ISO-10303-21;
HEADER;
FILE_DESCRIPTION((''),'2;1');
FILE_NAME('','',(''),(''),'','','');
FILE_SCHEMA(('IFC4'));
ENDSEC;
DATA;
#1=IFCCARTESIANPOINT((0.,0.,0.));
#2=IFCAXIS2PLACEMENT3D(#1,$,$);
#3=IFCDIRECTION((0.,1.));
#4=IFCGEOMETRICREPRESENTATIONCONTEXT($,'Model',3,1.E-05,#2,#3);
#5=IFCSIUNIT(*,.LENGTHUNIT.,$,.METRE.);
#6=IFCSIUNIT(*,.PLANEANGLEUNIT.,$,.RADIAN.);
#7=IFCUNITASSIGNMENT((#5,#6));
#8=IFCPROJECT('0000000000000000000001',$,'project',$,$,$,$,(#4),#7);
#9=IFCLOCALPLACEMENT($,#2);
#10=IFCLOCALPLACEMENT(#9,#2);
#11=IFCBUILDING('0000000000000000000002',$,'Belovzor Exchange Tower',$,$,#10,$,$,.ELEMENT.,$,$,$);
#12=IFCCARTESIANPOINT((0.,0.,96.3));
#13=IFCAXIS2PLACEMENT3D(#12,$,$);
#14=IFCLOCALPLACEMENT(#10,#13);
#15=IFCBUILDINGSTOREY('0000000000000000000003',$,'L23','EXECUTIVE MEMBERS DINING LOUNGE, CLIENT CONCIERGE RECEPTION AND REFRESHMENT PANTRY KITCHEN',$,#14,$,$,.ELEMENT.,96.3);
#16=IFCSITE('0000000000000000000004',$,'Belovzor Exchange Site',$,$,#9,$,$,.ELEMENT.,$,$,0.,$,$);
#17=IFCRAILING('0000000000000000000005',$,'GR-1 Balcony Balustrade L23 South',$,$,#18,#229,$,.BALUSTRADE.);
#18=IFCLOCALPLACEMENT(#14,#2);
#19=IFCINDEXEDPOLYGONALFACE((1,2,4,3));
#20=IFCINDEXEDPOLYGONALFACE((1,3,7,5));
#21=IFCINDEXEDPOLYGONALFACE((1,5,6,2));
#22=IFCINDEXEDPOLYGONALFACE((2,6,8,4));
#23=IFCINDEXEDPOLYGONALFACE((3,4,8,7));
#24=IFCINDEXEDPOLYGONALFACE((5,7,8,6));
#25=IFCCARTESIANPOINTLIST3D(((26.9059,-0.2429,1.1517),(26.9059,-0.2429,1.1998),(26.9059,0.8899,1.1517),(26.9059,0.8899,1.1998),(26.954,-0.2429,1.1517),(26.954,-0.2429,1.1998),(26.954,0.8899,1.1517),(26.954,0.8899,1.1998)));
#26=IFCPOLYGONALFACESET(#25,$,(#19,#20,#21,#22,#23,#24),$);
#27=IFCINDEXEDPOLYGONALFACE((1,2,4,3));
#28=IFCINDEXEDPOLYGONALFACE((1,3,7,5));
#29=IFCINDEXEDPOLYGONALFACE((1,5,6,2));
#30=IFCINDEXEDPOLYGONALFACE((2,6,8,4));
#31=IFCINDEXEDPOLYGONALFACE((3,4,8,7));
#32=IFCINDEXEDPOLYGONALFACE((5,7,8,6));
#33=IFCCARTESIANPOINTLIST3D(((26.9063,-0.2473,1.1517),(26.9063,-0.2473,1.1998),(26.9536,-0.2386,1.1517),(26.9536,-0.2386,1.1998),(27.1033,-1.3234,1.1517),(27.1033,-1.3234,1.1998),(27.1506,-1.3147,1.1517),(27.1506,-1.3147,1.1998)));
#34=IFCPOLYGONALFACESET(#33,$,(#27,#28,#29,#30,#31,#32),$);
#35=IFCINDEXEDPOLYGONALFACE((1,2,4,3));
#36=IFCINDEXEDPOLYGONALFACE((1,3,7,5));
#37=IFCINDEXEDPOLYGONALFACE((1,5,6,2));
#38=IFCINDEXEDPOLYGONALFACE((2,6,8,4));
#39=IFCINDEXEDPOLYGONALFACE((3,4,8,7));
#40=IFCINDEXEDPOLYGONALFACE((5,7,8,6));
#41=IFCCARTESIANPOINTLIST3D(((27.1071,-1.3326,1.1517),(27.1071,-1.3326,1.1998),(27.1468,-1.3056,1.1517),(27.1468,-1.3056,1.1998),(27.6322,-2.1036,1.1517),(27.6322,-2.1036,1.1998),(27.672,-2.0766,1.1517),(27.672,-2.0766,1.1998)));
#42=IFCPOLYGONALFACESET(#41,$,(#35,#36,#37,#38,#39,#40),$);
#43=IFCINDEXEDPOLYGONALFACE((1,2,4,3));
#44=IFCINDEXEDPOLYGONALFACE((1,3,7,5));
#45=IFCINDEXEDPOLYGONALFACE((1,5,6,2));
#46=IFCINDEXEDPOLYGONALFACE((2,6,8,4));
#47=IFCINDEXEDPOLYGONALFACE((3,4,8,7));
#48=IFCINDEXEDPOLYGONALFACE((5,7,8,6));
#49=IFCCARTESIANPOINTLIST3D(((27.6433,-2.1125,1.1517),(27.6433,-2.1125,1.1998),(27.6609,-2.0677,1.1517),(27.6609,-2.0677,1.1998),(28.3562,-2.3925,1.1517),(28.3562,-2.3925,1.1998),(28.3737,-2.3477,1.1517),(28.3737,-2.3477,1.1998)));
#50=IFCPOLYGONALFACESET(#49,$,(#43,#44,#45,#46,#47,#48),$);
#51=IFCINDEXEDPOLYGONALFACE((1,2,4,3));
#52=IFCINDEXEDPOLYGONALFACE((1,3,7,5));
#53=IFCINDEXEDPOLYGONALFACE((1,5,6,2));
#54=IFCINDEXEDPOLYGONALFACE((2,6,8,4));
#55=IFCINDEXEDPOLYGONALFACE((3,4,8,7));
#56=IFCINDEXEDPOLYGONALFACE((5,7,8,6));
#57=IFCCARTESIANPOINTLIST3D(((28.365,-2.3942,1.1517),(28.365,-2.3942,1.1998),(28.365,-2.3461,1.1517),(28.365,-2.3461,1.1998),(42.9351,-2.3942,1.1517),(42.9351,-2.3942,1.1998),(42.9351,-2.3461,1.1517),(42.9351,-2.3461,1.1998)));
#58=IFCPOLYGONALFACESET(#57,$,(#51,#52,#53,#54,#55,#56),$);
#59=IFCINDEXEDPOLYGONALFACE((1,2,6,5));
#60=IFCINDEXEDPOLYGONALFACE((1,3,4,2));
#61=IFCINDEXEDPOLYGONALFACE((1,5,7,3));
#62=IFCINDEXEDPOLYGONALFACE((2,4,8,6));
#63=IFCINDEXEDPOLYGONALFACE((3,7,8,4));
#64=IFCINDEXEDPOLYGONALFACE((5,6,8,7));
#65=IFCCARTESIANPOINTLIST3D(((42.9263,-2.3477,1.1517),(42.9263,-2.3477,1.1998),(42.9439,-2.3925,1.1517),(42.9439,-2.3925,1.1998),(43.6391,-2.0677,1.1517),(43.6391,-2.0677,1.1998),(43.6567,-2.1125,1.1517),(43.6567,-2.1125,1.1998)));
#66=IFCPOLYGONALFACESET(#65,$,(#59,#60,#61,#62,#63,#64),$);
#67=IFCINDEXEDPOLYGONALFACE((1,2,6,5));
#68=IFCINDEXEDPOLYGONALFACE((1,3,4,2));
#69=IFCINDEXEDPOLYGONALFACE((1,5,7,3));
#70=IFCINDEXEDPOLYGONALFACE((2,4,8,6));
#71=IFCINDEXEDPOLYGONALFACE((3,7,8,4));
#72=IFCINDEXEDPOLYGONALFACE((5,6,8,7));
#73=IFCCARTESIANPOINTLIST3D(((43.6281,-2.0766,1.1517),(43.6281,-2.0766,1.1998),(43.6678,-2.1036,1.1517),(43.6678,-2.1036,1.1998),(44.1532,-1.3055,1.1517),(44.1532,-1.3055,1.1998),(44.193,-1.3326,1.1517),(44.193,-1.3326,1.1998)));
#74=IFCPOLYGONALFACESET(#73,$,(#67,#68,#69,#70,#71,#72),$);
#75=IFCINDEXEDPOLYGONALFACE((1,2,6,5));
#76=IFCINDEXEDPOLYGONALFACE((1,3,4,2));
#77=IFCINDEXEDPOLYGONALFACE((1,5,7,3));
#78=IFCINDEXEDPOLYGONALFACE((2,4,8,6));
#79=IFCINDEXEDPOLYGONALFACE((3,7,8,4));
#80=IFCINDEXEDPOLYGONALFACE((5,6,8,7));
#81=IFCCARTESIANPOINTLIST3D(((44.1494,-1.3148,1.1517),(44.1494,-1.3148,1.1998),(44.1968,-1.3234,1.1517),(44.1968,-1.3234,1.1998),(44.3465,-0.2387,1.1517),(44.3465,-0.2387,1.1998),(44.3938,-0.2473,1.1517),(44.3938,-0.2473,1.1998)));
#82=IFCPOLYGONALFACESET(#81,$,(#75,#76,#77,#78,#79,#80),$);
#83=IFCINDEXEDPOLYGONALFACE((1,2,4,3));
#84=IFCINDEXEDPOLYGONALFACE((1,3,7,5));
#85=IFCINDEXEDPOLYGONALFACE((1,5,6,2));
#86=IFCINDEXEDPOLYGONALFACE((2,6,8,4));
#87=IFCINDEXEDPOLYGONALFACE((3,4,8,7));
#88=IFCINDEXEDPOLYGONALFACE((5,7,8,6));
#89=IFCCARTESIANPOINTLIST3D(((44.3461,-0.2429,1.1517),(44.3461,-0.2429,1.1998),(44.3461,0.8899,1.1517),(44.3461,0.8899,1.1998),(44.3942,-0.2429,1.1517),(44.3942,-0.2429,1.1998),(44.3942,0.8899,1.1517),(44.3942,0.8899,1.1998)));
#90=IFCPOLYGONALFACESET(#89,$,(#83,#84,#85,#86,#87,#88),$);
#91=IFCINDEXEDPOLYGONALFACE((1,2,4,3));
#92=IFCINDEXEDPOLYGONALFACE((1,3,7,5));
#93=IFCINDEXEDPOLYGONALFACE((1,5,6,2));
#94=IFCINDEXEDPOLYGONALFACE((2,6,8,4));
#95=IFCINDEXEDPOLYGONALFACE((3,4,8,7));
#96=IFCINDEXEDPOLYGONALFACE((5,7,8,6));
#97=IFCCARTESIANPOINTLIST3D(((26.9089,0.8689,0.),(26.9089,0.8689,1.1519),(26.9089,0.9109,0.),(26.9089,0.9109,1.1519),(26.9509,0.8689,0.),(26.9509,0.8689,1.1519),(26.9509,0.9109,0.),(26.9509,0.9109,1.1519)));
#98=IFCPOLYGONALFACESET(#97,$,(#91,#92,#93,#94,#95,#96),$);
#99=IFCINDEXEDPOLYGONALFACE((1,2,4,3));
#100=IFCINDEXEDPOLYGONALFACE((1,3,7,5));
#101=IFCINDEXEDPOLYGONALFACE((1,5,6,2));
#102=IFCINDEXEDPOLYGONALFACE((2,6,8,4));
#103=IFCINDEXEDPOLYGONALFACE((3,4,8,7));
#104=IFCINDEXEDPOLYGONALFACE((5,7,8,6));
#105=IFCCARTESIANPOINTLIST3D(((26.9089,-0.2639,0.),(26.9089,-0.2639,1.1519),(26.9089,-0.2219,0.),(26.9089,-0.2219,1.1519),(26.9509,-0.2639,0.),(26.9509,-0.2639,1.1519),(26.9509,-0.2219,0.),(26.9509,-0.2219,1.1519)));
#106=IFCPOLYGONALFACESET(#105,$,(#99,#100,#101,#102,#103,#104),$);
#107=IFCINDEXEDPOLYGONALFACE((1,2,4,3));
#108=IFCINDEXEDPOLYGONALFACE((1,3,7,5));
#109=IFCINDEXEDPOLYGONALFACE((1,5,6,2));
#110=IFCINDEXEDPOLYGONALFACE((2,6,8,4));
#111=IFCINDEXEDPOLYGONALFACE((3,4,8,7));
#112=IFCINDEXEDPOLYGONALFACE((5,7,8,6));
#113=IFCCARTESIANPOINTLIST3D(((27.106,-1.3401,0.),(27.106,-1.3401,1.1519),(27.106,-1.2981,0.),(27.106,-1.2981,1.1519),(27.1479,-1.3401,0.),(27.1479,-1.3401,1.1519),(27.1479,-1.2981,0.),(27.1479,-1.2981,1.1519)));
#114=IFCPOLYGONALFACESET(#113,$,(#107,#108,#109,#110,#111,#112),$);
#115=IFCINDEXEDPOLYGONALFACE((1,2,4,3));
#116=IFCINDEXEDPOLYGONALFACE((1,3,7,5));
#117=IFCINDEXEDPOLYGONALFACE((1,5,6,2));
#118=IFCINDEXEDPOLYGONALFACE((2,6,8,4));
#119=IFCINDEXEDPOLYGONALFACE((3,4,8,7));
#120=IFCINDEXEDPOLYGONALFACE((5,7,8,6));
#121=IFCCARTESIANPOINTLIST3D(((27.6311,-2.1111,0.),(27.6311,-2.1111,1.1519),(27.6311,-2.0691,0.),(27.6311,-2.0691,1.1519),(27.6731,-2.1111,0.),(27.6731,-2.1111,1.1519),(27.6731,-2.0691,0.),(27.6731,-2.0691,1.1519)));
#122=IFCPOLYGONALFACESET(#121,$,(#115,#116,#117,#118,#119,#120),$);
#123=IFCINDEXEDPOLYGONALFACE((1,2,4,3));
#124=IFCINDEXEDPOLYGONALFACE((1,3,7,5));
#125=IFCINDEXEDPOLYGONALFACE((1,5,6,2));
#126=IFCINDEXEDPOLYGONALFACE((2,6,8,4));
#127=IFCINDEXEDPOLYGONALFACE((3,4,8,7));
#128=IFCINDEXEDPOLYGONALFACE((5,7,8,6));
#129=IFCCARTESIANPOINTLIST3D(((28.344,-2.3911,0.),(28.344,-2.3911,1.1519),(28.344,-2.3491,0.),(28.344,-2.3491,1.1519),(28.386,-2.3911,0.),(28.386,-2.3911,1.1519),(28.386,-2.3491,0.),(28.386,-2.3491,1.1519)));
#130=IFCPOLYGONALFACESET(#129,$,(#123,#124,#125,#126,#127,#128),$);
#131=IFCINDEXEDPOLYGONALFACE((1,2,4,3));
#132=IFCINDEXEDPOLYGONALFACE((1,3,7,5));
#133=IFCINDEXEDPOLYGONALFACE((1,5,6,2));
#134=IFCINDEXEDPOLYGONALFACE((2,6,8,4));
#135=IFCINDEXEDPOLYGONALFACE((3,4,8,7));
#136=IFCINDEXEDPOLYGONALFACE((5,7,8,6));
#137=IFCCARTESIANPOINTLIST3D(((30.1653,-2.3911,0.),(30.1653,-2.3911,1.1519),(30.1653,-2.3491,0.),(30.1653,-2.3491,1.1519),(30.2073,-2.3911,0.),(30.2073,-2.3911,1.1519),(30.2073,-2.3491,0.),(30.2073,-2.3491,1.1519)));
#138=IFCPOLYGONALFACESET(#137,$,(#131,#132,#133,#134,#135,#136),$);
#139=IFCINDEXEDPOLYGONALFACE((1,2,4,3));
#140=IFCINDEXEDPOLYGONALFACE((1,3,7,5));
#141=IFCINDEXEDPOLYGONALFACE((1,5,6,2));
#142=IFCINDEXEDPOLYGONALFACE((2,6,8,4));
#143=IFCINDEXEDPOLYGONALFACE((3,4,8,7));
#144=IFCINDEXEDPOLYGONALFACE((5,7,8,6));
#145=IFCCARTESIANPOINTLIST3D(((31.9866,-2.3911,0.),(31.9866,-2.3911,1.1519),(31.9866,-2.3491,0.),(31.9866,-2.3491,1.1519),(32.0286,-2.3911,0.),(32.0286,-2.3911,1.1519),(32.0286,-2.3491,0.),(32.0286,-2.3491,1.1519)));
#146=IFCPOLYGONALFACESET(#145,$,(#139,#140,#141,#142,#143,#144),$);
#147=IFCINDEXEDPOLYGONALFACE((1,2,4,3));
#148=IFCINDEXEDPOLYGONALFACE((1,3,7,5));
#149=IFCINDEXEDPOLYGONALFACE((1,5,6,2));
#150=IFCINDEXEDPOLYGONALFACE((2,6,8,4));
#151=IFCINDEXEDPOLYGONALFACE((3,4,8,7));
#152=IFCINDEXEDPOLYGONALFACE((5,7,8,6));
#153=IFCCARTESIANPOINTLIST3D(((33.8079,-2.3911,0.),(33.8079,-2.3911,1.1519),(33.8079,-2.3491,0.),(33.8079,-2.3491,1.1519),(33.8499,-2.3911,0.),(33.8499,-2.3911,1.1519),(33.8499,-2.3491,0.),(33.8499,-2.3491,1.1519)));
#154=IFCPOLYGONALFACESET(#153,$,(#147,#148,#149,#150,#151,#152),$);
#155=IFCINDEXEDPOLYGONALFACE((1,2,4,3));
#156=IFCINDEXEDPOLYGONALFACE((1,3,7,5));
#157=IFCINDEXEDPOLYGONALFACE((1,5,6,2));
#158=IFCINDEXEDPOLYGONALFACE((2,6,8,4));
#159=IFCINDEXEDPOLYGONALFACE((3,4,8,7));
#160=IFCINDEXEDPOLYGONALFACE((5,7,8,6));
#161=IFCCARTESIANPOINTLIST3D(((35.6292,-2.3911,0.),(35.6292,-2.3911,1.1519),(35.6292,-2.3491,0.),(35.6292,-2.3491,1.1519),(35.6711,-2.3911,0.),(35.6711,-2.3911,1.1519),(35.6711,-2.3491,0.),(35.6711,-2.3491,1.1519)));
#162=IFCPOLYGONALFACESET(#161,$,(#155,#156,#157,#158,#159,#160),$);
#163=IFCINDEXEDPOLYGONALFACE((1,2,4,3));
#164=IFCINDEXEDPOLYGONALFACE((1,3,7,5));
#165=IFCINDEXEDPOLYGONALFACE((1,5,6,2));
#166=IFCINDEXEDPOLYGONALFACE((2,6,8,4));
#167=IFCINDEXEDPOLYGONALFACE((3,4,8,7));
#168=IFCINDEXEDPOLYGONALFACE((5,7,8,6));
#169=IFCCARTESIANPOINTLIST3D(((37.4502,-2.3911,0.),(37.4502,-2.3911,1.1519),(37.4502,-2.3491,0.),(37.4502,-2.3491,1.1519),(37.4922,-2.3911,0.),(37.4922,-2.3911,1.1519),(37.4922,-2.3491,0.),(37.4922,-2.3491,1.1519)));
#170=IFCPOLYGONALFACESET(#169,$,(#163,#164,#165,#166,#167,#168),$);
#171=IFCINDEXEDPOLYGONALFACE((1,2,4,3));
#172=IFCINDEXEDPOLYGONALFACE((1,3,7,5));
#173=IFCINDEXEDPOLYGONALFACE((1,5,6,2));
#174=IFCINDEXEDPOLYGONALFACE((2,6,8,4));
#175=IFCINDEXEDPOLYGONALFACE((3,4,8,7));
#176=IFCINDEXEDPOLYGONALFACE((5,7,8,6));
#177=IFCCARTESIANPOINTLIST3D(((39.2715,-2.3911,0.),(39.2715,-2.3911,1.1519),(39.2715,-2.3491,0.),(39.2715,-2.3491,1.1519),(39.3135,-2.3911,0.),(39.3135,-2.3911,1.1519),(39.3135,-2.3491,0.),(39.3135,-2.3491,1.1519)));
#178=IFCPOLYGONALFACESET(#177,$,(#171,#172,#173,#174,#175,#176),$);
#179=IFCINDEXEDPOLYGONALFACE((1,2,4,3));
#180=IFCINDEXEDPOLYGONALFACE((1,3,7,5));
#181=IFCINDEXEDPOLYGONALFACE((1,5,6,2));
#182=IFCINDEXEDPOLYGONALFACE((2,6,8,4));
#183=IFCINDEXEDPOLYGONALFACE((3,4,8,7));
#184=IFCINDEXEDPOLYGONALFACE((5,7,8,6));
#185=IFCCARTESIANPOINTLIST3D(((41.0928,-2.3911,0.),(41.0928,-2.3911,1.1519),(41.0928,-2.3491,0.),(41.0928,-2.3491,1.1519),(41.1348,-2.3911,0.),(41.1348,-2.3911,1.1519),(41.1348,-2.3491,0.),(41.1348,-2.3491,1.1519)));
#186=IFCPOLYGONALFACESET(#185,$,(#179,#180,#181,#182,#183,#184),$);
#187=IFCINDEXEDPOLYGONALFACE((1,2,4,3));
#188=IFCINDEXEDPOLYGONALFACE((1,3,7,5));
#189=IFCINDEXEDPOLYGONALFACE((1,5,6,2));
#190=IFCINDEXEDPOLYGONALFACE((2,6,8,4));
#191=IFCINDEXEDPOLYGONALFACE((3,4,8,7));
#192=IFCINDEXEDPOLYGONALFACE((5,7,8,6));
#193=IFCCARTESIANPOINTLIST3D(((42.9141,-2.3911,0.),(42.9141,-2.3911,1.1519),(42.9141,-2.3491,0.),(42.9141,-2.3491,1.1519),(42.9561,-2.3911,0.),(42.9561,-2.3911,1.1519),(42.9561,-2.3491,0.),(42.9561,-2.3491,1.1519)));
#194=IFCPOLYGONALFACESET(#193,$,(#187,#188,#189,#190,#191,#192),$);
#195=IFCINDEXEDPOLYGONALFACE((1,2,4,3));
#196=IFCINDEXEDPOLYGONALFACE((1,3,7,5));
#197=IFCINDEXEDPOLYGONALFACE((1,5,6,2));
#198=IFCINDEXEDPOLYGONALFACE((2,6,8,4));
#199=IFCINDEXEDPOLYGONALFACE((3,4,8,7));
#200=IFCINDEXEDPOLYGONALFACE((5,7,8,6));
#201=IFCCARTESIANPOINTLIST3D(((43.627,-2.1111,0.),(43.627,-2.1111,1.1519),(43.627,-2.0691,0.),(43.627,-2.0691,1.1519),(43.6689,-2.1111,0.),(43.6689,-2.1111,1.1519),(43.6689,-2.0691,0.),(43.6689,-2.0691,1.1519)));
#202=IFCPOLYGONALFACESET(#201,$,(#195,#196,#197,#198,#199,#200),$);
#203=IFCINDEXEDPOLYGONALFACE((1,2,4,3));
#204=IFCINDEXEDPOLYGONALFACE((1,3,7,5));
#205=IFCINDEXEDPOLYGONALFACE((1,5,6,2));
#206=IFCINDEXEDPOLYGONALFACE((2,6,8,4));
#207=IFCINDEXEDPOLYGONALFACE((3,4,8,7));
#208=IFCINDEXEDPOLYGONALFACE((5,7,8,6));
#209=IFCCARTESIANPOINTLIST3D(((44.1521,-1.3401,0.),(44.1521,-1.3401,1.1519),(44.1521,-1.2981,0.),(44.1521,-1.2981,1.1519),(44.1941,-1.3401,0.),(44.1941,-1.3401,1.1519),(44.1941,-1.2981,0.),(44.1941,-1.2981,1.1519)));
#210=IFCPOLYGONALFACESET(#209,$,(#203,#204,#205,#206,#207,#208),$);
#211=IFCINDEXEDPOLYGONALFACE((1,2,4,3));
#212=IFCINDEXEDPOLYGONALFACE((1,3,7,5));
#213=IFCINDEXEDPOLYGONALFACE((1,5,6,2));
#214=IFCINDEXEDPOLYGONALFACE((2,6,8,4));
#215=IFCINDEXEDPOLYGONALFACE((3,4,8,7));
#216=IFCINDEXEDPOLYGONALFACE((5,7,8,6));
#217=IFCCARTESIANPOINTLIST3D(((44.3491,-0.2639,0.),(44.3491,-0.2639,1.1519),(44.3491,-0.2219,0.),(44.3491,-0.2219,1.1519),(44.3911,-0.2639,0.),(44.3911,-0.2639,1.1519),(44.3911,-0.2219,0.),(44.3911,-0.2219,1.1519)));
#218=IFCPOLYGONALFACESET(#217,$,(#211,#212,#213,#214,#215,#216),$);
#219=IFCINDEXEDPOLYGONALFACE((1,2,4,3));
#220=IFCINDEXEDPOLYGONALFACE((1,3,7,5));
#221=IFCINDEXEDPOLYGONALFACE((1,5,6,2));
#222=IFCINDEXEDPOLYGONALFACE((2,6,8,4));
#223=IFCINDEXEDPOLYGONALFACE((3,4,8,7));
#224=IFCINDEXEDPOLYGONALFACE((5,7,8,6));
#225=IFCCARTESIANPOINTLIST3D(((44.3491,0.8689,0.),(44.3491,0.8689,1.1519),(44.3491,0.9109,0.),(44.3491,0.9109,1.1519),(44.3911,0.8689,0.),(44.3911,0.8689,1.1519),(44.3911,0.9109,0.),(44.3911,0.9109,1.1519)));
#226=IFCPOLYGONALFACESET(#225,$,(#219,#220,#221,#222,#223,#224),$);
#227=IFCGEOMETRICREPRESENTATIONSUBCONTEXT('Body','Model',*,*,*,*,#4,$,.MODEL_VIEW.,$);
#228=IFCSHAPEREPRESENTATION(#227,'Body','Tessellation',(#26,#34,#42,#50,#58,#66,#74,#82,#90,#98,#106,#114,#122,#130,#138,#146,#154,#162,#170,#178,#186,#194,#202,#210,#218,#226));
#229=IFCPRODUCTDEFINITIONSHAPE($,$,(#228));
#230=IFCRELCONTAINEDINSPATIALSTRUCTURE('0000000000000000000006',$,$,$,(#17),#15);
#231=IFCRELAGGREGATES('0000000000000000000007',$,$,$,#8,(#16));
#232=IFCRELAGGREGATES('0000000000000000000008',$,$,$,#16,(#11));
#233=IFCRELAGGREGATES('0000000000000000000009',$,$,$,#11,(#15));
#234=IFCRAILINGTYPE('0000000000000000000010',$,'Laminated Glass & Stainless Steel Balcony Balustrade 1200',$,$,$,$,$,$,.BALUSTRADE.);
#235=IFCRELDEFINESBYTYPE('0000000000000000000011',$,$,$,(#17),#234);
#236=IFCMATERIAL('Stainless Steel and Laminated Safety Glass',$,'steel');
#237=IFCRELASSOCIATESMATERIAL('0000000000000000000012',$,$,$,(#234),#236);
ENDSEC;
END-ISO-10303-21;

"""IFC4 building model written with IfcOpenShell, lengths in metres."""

from ifc_helpers import new_model, si_unit, direction, frame, origin, origin_2d, place, context, subcontext, project, spatial, rectangle, extrude, material, type_object, element, save


model = new_model("IFC4")

# Units and contexts
model_context = context("Model", 3, precision=1e-05, world=origin(), true_north=direction((0.0, 1.0)))
body_context = subcontext(model_context, "Body", "Model", "MODEL_VIEW")
ifc_project = project(units=[si_unit("LENGTHUNIT", "METRE"), si_unit("PLANEANGLEUNIT", "RADIAN")], contexts=[model_context])

# Site, building, storey
site_placement = place(None, origin())
site = spatial("IfcSite", under=ifc_project, at=site_placement, Name="Belovzor Exchange Site", CompositionType="ELEMENT", RefElevation=0.0)
building_placement = place(site_placement, origin())
building = spatial("IfcBuilding", under=site, at=building_placement, Name="Belovzor Exchange Tower", CompositionType="ELEMENT")
storey_placement = place(building_placement, frame((0.0, 0.0, 96.3)))
storey = spatial("IfcBuildingStorey", under=building, at=storey_placement, Name="L23", Description="EXECUTIVE MEMBERS DINING LOUNGE, CLIENT CONCIERGE RECEPTION AND REFRESHMENT PANTRY KITCHEN", CompositionType="ELEMENT", Elevation=96.3)

# Railing
ifc_material_1 = material(Name="Stainless Steel and Laminated Safety Glass", Category="steel")
railing_type = type_object("IfcRailingType", Name="Laminated Glass & Stainless Steel Balcony Balustrade 1200", PredefinedType="BALUSTRADE", material=ifc_material_1)
railing_placement = place(storey_placement, frame((26.9299, 0.8899, 0.0)))
element("IfcRailing", 1, at=railing_placement, inside=storey, type_object=railing_type, Name="GR-1 Balcony Balustrade L23 South", PredefinedType="BALUSTRADE", context=body_context, shape_type="SweptSolid", body=[
    extrude(rectangle(XDim=0.0481, YDim=0.0481, at=origin_2d()), frame((0.0, 0.0, 1.1758), z_axis=(0.0, -1.0, 0.0), x_axis=(1.0, 0.0, 0.0)), (0.0, 0.0, 1.0), 1.1328),
    extrude(rectangle(XDim=0.0481, YDim=0.0481, at=origin_2d()), frame((0.0, -1.1328, 1.1758), z_axis=(0.180083, -0.983651, 0.0), x_axis=(0.983651, 0.180083, 0.0)), (0.0, 0.0, 1.0), 1.094),
    extrude(rectangle(XDim=0.0481, YDim=0.0481, at=origin_2d()), frame((0.197, -2.209, 1.1758), z_axis=(0.562947, -0.826493, 0.0), x_axis=(0.826493, 0.562947, 0.0)), (0.0, 0.0, 1.0), 0.9329),
    extrude(rectangle(XDim=0.0481, YDim=0.0481, at=origin_2d()), frame((0.7222, -2.98, 1.1758), z_axis=(0.930767, -0.365613, 0.0), x_axis=(0.365613, 0.930767, 0.0)), (0.0, 0.0, 1.0), 0.7659),
    extrude(rectangle(XDim=0.0481, YDim=0.0481, at=origin_2d()), frame((1.4351, -3.26, 1.1758), z_axis=(1.0, 0.0, 0.0), x_axis=(0.0, 1.0, 0.0)), (0.0, 0.0, 1.0), 14.5701),
    extrude(rectangle(XDim=0.0481, YDim=0.0481, at=origin_2d()), frame((16.0051, -3.26, 1.1758), z_axis=(0.930767, 0.365613, 0.0), x_axis=(-0.365613, 0.930767, 0.0)), (0.0, 0.0, 1.0), 0.7659),
    extrude(rectangle(XDim=0.0481, YDim=0.0481, at=origin_2d()), frame((16.718, -2.98, 1.1758), z_axis=(0.562947, 0.826493, 0.0), x_axis=(-0.826493, 0.562947, 0.0)), (0.0, 0.0, 1.0), 0.9329),
    extrude(rectangle(XDim=0.0481, YDim=0.0481, at=origin_2d()), frame((17.2432, -2.209, 1.1758), z_axis=(0.180083, 0.983651, 0.0), x_axis=(-0.983651, 0.180083, 0.0)), (0.0, 0.0, 1.0), 1.094),
    extrude(rectangle(XDim=0.0481, YDim=0.0481, at=origin_2d()), frame((17.4402, -1.1328, 1.1758), z_axis=(0.0, 1.0, 0.0), x_axis=(-1.0, 0.0, 0.0)), (0.0, 0.0, 1.0), 1.1328),
    extrude(rectangle(XDim=0.042, YDim=0.042, at=origin_2d()), origin(), (0.0, 0.0, 1.0), 1.1519),
    extrude(rectangle(XDim=0.042, YDim=0.042, at=origin_2d()), frame((0.0, -1.1328, 0.0)), (0.0, 0.0, 1.0), 1.1519),
    extrude(rectangle(XDim=0.042, YDim=0.042, at=origin_2d()), frame((0.197, -2.209, 0.0)), (0.0, 0.0, 1.0), 1.1519),
    extrude(rectangle(XDim=0.042, YDim=0.042, at=origin_2d()), frame((0.7222, -2.98, 0.0)), (0.0, 0.0, 1.0), 1.1519),
    extrude(rectangle(XDim=0.042, YDim=0.042, at=origin_2d()), frame((1.4351, -3.26, 0.0)), (0.0, 0.0, 1.0), 1.1519),
    extrude(rectangle(XDim=0.042, YDim=0.042, at=origin_2d()), frame((3.2563, -3.26, 0.0)), (0.0, 0.0, 1.0), 1.1519),
    extrude(rectangle(XDim=0.042, YDim=0.042, at=origin_2d()), frame((5.0776, -3.26, 0.0)), (0.0, 0.0, 1.0), 1.1519),
    extrude(rectangle(XDim=0.042, YDim=0.042, at=origin_2d()), frame((6.8989, -3.26, 0.0)), (0.0, 0.0, 1.0), 1.1519),
    extrude(rectangle(XDim=0.042, YDim=0.042, at=origin_2d()), frame((8.7202, -3.26, 0.0)), (0.0, 0.0, 1.0), 1.1519),
    extrude(rectangle(XDim=0.042, YDim=0.042, at=origin_2d()), frame((10.5413, -3.26, 0.0)), (0.0, 0.0, 1.0), 1.1519),
    extrude(rectangle(XDim=0.042, YDim=0.042, at=origin_2d()), frame((12.3625, -3.26, 0.0)), (0.0, 0.0, 1.0), 1.1519),
    extrude(rectangle(XDim=0.042, YDim=0.042, at=origin_2d()), frame((14.1838, -3.26, 0.0)), (0.0, 0.0, 1.0), 1.1519),
    extrude(rectangle(XDim=0.042, YDim=0.042, at=origin_2d()), frame((16.0051, -3.26, 0.0)), (0.0, 0.0, 1.0), 1.1519),
    extrude(rectangle(XDim=0.042, YDim=0.042, at=origin_2d()), frame((16.718, -2.98, 0.0)), (0.0, 0.0, 1.0), 1.1519),
    extrude(rectangle(XDim=0.042, YDim=0.042, at=origin_2d()), frame((17.2432, -2.209, 0.0)), (0.0, 0.0, 1.0), 1.1519),
    extrude(rectangle(XDim=0.042, YDim=0.042, at=origin_2d()), frame((17.4402, -1.1328, 0.0)), (0.0, 0.0, 1.0), 1.1519),
    extrude(rectangle(XDim=0.042, YDim=0.042, at=origin_2d()), frame((17.4402, 0.0, 0.0)), (0.0, 0.0, 1.0), 1.1519),
])

save(model, "model.ifc")
